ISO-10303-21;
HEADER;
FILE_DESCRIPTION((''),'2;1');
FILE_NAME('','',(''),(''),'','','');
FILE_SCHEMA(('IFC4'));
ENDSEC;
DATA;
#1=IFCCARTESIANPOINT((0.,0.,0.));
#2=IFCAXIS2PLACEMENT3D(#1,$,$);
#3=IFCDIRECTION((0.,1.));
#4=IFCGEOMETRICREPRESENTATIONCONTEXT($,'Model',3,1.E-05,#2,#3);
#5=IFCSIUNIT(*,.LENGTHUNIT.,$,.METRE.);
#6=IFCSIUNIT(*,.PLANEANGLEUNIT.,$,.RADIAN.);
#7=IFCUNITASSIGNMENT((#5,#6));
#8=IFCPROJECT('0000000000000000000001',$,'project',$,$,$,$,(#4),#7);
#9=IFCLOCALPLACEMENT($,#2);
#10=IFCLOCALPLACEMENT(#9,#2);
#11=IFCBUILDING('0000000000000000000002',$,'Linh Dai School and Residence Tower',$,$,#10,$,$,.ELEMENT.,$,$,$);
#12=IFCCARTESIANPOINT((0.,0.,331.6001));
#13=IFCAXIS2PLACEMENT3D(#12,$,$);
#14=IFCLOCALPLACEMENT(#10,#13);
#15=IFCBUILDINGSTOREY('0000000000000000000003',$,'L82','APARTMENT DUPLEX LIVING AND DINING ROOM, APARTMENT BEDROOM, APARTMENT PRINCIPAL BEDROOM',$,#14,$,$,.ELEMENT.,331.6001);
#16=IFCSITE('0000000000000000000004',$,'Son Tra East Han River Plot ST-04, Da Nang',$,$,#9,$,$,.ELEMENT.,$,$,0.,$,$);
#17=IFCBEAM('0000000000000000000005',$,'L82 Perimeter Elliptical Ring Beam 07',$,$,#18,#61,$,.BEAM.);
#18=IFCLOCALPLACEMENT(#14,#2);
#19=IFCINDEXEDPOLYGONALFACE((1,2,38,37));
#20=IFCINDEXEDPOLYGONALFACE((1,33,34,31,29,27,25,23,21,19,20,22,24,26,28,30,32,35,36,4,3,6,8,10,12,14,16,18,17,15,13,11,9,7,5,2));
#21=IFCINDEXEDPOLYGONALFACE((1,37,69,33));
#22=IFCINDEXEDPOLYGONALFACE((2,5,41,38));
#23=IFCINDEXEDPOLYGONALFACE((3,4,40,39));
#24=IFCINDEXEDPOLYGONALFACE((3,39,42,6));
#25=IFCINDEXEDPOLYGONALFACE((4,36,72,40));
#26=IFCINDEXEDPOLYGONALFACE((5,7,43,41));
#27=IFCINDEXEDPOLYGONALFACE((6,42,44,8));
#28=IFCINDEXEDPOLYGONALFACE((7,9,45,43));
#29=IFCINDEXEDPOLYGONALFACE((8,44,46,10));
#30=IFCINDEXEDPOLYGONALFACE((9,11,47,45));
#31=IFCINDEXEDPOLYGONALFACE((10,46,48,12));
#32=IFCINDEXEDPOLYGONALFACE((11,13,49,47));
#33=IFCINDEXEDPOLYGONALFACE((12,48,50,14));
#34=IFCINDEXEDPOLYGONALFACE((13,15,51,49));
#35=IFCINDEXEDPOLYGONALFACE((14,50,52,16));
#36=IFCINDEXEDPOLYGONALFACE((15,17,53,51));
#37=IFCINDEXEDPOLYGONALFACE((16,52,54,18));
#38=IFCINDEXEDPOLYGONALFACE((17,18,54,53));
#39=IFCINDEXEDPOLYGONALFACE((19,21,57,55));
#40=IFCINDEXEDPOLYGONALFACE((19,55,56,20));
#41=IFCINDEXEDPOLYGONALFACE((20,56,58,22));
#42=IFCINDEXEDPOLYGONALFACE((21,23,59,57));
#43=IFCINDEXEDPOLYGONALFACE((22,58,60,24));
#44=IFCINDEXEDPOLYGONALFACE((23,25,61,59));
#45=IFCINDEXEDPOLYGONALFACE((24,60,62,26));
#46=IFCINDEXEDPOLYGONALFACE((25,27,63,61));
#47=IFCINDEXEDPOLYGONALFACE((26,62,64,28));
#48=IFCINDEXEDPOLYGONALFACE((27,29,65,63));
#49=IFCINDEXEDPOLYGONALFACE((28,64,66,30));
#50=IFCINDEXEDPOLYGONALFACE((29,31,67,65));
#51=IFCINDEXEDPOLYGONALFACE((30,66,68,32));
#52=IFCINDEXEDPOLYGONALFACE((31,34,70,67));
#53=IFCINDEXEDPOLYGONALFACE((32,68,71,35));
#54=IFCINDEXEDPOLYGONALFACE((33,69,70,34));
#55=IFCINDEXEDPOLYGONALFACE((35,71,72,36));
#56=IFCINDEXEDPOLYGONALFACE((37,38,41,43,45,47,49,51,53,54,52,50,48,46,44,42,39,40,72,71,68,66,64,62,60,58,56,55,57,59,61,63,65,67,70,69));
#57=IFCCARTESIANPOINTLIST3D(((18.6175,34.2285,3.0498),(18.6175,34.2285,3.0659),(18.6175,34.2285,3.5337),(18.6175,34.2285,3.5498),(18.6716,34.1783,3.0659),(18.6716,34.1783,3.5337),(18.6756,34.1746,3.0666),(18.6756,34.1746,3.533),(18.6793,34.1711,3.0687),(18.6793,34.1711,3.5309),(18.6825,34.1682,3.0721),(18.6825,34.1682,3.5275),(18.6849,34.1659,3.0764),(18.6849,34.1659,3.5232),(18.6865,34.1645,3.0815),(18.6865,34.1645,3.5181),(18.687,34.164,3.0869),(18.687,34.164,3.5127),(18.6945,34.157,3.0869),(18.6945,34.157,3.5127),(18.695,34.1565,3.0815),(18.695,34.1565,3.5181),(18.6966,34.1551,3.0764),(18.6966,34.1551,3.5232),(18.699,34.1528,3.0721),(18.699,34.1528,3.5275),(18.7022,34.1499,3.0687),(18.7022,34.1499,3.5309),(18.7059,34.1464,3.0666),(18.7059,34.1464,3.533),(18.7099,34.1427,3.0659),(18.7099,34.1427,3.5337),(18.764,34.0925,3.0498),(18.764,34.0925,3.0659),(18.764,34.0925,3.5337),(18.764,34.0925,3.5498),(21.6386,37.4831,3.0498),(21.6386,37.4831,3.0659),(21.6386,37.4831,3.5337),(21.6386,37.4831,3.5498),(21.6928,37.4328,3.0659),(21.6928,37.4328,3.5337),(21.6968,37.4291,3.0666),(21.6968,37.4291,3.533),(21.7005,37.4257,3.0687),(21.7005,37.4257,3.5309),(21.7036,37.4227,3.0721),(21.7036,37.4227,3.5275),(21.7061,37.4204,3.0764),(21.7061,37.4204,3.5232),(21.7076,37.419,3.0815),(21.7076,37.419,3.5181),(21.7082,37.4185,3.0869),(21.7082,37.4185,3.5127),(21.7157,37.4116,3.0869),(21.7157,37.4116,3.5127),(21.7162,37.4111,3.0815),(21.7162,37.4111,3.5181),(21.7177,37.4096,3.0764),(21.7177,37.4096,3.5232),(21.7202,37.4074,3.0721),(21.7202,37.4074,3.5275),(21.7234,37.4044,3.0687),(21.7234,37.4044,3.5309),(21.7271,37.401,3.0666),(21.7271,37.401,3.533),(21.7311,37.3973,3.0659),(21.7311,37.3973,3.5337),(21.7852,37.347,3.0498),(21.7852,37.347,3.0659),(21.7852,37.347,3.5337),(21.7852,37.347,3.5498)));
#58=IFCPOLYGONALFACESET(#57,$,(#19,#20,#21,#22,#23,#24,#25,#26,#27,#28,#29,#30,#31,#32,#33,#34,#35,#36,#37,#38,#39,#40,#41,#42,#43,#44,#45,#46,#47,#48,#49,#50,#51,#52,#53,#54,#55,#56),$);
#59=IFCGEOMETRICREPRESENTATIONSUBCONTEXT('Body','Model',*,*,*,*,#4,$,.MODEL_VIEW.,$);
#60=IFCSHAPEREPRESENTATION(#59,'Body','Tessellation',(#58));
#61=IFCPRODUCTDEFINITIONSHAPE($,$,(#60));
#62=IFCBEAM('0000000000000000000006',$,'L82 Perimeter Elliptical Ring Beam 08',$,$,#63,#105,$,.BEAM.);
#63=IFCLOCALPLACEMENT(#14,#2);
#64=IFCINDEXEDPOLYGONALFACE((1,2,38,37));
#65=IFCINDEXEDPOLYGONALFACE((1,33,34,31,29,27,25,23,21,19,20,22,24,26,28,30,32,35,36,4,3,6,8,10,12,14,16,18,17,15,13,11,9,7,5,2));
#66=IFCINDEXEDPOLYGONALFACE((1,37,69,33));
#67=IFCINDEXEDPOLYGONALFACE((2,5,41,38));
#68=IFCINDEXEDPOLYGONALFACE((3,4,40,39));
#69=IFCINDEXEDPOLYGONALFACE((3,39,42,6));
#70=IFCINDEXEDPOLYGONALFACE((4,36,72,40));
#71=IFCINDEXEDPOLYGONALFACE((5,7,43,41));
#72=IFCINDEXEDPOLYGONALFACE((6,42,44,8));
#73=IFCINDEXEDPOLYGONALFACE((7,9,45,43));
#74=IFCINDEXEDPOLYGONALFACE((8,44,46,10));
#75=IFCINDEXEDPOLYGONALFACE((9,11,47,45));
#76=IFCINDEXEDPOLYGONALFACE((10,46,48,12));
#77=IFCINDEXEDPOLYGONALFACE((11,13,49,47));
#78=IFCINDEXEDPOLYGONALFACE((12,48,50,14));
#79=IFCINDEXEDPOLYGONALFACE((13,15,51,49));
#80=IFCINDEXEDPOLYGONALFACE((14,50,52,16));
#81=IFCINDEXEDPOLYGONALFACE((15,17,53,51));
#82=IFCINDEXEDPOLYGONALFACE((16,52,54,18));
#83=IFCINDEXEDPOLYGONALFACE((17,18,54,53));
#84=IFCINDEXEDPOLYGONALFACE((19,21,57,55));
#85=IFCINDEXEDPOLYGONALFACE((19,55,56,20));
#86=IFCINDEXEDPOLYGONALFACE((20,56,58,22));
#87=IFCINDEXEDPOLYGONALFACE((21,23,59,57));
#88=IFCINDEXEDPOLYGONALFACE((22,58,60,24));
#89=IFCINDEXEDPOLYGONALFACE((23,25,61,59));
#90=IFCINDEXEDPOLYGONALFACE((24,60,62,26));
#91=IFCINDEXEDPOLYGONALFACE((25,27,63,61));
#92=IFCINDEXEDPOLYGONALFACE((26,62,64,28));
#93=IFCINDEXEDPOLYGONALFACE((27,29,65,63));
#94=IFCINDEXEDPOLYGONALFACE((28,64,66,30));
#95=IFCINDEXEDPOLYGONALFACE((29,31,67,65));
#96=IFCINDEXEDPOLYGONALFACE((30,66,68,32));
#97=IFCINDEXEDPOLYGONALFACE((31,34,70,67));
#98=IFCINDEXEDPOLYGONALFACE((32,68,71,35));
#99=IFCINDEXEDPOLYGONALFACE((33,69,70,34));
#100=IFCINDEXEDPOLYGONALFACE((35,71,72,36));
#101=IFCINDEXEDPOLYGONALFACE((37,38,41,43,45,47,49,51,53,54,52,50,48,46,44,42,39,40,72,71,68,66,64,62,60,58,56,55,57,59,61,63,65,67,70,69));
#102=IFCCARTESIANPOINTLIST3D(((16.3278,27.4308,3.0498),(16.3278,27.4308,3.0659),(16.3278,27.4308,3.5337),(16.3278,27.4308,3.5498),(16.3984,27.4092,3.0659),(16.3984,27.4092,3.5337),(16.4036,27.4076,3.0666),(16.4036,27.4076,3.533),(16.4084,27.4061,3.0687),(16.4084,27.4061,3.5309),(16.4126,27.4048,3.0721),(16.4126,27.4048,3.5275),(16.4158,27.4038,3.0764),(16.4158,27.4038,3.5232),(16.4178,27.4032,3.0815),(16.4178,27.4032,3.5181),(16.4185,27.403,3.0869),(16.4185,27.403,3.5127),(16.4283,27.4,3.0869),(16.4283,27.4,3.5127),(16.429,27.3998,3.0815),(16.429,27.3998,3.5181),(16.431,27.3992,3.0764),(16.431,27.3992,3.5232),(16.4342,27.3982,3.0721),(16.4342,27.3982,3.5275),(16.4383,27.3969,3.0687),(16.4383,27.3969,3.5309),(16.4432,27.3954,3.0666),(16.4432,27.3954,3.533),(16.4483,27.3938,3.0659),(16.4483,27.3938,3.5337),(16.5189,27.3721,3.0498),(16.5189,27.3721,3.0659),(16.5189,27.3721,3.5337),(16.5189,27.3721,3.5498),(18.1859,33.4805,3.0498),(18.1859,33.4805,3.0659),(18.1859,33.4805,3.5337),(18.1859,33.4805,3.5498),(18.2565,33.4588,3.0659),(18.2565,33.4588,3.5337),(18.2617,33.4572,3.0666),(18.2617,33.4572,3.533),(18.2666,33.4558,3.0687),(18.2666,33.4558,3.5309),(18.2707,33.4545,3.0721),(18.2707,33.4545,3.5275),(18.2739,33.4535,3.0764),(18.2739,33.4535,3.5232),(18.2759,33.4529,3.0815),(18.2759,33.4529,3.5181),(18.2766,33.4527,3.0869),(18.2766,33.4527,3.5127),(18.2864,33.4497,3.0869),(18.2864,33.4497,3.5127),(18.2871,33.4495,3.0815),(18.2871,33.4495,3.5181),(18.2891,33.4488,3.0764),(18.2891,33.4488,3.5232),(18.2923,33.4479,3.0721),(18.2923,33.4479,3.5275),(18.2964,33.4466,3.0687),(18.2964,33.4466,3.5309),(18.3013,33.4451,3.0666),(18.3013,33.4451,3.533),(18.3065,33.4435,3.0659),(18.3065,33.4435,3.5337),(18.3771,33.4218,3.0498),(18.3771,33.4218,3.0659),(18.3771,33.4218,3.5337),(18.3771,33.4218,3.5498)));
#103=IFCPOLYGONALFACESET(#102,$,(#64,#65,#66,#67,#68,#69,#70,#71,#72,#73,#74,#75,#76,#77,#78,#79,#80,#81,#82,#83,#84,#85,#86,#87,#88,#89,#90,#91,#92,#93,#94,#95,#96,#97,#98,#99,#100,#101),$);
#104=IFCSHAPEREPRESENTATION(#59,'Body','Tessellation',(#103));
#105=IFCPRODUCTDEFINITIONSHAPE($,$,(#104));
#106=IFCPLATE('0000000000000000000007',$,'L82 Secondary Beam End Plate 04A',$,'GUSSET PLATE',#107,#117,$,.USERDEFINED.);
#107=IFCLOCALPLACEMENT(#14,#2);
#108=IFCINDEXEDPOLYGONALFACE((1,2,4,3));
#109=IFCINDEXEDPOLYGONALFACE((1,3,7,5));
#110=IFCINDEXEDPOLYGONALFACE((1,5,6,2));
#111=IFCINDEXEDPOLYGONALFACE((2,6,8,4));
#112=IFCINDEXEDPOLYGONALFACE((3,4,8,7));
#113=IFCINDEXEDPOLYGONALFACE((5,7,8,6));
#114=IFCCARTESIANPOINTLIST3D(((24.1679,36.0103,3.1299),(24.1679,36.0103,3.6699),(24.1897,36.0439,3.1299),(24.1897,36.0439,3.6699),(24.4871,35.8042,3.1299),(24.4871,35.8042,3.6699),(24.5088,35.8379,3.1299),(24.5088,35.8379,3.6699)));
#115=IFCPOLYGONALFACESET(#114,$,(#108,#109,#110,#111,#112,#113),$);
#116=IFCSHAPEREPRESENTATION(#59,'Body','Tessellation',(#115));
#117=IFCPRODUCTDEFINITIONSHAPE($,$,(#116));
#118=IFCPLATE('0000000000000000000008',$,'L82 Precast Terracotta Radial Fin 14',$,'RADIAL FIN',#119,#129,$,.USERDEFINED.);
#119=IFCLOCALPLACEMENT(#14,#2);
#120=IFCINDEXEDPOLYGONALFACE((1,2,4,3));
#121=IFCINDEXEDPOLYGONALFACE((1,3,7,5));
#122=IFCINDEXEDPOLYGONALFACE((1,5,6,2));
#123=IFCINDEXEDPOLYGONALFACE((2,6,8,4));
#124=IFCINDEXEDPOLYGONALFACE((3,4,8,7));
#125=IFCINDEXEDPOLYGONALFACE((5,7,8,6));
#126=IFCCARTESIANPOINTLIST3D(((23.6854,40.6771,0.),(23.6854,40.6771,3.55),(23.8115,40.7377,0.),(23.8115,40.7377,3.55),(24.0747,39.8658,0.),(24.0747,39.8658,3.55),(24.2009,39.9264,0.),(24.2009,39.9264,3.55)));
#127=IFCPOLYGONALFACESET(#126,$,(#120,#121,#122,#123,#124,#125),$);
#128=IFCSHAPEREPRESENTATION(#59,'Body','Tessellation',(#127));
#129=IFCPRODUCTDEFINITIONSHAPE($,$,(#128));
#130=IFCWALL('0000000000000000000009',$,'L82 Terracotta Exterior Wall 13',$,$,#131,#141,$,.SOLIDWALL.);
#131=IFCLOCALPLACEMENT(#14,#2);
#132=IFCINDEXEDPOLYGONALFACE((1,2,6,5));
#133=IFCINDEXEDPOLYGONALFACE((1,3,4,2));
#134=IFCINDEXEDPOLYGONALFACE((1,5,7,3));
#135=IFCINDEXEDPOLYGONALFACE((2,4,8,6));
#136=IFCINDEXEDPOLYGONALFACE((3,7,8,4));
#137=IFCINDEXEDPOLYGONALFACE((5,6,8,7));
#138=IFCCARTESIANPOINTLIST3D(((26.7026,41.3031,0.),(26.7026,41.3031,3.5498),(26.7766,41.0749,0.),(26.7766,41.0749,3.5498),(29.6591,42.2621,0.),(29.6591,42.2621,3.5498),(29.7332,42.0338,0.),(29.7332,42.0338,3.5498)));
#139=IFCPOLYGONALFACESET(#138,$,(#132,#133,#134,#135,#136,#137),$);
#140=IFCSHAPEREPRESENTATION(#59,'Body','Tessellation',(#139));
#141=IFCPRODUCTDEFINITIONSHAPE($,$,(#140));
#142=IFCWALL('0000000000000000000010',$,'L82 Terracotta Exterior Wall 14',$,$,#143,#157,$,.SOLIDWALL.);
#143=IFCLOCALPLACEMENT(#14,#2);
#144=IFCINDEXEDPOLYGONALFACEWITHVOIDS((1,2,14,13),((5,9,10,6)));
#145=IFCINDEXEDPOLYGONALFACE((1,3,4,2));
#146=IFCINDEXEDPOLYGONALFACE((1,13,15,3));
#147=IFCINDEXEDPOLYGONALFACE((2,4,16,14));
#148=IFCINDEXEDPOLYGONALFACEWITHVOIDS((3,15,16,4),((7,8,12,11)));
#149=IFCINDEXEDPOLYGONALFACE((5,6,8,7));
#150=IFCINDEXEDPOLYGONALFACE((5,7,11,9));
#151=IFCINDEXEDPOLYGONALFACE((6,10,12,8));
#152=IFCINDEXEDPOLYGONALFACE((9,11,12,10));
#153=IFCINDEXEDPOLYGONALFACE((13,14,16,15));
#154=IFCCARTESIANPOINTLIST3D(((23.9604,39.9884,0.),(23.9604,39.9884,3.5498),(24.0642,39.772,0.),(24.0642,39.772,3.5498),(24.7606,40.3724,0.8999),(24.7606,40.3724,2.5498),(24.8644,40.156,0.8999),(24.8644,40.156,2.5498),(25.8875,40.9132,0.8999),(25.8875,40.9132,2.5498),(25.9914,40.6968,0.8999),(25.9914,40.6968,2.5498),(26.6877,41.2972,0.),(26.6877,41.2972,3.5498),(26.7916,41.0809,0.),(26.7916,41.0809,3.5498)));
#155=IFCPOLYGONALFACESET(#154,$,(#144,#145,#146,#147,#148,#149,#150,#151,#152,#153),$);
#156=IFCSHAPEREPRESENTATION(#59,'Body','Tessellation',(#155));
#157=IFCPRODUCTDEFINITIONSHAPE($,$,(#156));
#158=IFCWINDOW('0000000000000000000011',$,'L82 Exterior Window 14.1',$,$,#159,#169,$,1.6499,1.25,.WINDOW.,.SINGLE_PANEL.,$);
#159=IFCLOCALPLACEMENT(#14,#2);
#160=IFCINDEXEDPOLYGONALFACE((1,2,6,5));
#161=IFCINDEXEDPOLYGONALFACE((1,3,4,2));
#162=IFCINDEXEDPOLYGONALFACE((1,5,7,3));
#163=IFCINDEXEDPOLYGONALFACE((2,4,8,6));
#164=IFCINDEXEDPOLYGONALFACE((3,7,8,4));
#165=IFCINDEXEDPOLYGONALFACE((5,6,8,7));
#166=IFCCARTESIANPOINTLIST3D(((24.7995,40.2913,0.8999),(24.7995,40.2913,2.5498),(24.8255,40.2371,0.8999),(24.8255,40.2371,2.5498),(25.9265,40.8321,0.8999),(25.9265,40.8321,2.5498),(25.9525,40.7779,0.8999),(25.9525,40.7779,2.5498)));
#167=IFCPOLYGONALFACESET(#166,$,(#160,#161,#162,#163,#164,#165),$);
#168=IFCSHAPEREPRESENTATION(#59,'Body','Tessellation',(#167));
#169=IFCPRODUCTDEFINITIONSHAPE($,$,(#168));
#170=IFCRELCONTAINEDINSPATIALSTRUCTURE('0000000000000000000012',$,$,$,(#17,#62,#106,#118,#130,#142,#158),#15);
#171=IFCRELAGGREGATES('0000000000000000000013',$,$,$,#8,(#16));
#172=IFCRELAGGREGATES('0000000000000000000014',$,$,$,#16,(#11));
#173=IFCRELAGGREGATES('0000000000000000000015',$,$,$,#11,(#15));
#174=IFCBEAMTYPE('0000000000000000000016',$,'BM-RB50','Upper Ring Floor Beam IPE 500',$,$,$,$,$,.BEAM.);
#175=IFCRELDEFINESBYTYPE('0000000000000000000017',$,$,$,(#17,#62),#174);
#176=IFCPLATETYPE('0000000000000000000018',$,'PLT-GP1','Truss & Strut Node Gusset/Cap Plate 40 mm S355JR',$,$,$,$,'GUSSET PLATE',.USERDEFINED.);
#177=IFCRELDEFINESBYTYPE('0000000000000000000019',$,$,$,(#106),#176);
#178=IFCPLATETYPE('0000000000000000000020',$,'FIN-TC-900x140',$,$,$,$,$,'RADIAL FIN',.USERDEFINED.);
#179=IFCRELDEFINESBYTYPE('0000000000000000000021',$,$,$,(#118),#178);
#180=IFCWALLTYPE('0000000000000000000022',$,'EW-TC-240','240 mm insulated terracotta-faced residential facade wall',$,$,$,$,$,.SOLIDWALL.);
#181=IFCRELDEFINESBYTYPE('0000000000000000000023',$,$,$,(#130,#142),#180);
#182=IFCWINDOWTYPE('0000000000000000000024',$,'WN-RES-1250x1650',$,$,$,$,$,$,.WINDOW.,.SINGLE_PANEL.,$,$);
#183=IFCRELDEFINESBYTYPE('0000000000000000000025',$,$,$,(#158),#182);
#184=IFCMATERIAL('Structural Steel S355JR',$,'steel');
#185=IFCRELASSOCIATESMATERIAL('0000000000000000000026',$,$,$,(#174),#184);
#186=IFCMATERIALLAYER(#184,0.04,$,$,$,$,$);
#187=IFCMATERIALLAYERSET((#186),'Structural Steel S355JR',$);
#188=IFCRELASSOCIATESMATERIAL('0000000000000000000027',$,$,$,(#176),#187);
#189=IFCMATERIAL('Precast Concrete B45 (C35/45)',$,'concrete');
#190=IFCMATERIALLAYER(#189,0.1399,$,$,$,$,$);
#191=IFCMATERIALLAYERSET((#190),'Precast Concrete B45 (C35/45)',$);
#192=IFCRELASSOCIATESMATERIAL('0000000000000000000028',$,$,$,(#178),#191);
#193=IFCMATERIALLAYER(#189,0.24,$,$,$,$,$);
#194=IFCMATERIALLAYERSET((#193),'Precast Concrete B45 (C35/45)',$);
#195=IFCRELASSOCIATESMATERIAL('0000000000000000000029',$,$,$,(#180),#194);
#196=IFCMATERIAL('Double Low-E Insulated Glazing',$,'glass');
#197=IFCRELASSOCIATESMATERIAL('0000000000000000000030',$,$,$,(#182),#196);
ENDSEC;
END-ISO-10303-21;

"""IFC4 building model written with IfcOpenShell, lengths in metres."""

from ifc_helpers import new_model, si_unit, direction, frame, frame_2d, origin, origin_2d, place, context, subcontext, project, spatial, rectangle, i_section, extrude, source, transform, mapped, material, layer, layer_set, material_profile, profile_set, type_object, element, fill, save


model = new_model("IFC4")

# Units and contexts
model_context = context("Model", 3, precision=1e-05, world=origin(), true_north=direction((0.0, 1.0)))
body_context = subcontext(model_context, "Body", "Model", "MODEL_VIEW")
ifc_project = project(units=[si_unit("LENGTHUNIT", "METRE"), si_unit("PLANEANGLEUNIT", "RADIAN")], contexts=[model_context])

# Site, building, storey
site_placement = place(None, origin())
site = spatial("IfcSite", under=ifc_project, at=site_placement, Name="Son Tra East Han River Plot ST-04, Da Nang", CompositionType="ELEMENT", RefElevation=0.0)
building_placement = place(site_placement, origin())
building = spatial("IfcBuilding", under=site, at=building_placement, Name="Linh Dai School and Residence Tower", CompositionType="ELEMENT")
storey_placement = place(building_placement, frame((0.0, 0.0, 331.6001)))
storey = spatial("IfcBuildingStorey", under=building, at=storey_placement, Name="L82", Description="APARTMENT DUPLEX LIVING AND DINING ROOM, APARTMENT BEDROOM, APARTMENT PRINCIPAL BEDROOM", CompositionType="ELEMENT", Elevation=331.6001)

# Shared definitions
ifc_material_1 = material(Name="Structural Steel S355JR", Category="steel")

# Beams
ifc_material_profile_1 = material_profile(ifc_material_1, i_section(OverallWidth=0.2, OverallDepth=0.5, WebThickness=0.0103, FlangeThickness=0.0161, FilletRadius=0.021, at=origin_2d()), Name="IPE 500")
ifc_profile_set_1 = profile_set([ifc_material_profile_1], Name="Structural Steel S355JR")
beam_type_1 = type_object("IfcBeamType", Name="BM-RB50", Description="Upper Ring Floor Beam IPE 500", PredefinedType="BEAM", material=ifc_profile_set_1)
beam_1_placement = place(storey_placement, frame((21.7119, 37.415, 3.2998), z_axis=(-0.680339, -0.732897, 0.0), x_axis=(0.732897, -0.680339, 0.0)))
element("IfcBeam", 1, at=beam_1_placement, inside=storey, type_object=beam_type_1, Name="L82 Perimeter Elliptical Ring Beam 07", PredefinedType="BEAM", context=body_context, shape_type="SweptSolid", body=[
    extrude(i_section(OverallWidth=0.2, OverallDepth=0.5, WebThickness=0.0103, FlangeThickness=0.0161, FilletRadius=0.021, at=origin_2d()), origin(), (0.0, 0.0, 1.0), 4.4407),
])
beam_2_placement = place(storey_placement, frame((18.2815, 33.4512, 3.2998), z_axis=(-0.293606, -0.955927, 0.0), x_axis=(0.955927, -0.293606, 0.0)))
element("IfcBeam", 2, at=beam_2_placement, inside=storey, type_object=beam_type_1, Name="L82 Perimeter Elliptical Ring Beam 08", PredefinedType="BEAM", context=body_context, shape_type="SweptSolid", body=[
    extrude(i_section(OverallWidth=0.2, OverallDepth=0.5, WebThickness=0.0103, FlangeThickness=0.0161, FilletRadius=0.021, at=origin_2d()), origin(), (0.0, 0.0, 1.0), 6.3286),
])

# Plates
ifc_layer_1 = layer(ifc_material_1, 0.04)
ifc_layer_set_1 = layer_set([ifc_layer_1], Name="Structural Steel S355JR")
plate_type_1 = type_object("IfcPlateType", Name="PLT-GP1", Description="Truss & Strut Node Gusset/Cap Plate 40 mm S355JR", ElementType="GUSSET PLATE", PredefinedType="USERDEFINED", material=ifc_layer_set_1)
shared_shape_1 = source(origin(), body_context, "Body", "SweptSolid", [
    extrude(rectangle(XDim=0.04, YDim=0.3799, at=origin_2d()), origin(), (0.0, 0.0, 1.0), 0.54),
])
plate_1_placement = place(storey_placement, frame((24.3384, 35.9241, 3.1299), z_axis=(0.0, 0.0, 1.0), x_axis=(-0.542322, -0.840171, 0.0)))
element("IfcPlate", 3, at=plate_1_placement, inside=storey, type_object=plate_type_1, Name="L82 Secondary Beam End Plate 04A", ObjectType="GUSSET PLATE", PredefinedType="USERDEFINED", context=body_context, shape_type="MappedRepresentation", body=[
    mapped(shared_shape_1, transform((0.0, 0.0, 0.0), x_axis=(1.0, 0.0, 0.0), y_axis=(0.0, 1.0, 0.0), z_axis=(0.0, 0.0, 1.0), scale=1.0)),
])
ifc_material_2 = material(Name="Precast Concrete B45 (C35/45)", Category="concrete")
ifc_layer_2 = layer(ifc_material_2, 0.1399)
ifc_layer_set_2 = layer_set([ifc_layer_2], Name="Precast Concrete B45 (C35/45)")
plate_type_2 = type_object("IfcPlateType", Name="FIN-TC-900x140", ElementType="RADIAL FIN", PredefinedType="USERDEFINED", material=ifc_layer_set_2)
shared_shape_2 = source(origin(), body_context, "Body", "SweptSolid", [
    extrude(rectangle(XDim=0.8999, YDim=0.1399, at=origin_2d()), origin(), (0.0, 0.0, 1.0), 3.55),
])
plate_2_placement = place(storey_placement, frame((23.9431, 40.3018, 0.0), z_axis=(0.0, 0.0, 1.0), x_axis=(-0.432674, 0.901551, 0.0)))
element("IfcPlate", 4, at=plate_2_placement, inside=storey, type_object=plate_type_2, Name="L82 Precast Terracotta Radial Fin 14", ObjectType="RADIAL FIN", PredefinedType="USERDEFINED", context=body_context, shape_type="MappedRepresentation", body=[
    mapped(shared_shape_2, transform((0.0, 0.0, 0.0), x_axis=(1.0, 0.0, 0.0), y_axis=(0.0, 1.0, 0.0), z_axis=(0.0, 0.0, 1.0), scale=1.0)),
])

# Wall
ifc_layer_3 = layer(ifc_material_2, 0.24)
ifc_layer_set_3 = layer_set([ifc_layer_3], Name="Precast Concrete B45 (C35/45)")
wall_type_1 = type_object("IfcWallType", Name="EW-TC-240", Description="240 mm insulated terracotta-faced residential facade wall", PredefinedType="SOLIDWALL", material=ifc_layer_set_3)
wall_1_placement = place(storey_placement, frame((26.7395, 41.189, 0.0), z_axis=(0.0, 0.0, 1.0), x_axis=(0.951213, 0.308535, 0.0)))
element("IfcWall", 5, at=wall_1_placement, inside=storey, type_object=wall_type_1, Name="L82 Terracotta Exterior Wall 13", PredefinedType="SOLIDWALL", context=body_context, shape_type="SweptSolid", body=[
    extrude(rectangle(XDim=3.1082, YDim=0.24, at=frame_2d((1.5542, 0.0))), origin(), (0.0, 0.0, 1.0), 3.5498),
])

# Wall, opening, window
wall_2_placement = place(storey_placement, frame((24.0122, 39.8801, 0.0), z_axis=(0.0, 0.0, 1.0), x_axis=(0.901557, 0.43266, 0.0)))
wall_2 = element("IfcWall", 6, at=wall_2_placement, inside=storey, type_object=wall_type_1, Name="L82 Terracotta Exterior Wall 14", PredefinedType="SOLIDWALL", context=body_context, shape_type="SweptSolid", body=[
    extrude(rectangle(XDim=3.0251, YDim=0.24, at=frame_2d((1.5127, 0.0))), origin(), (0.0, 0.0, 1.0), 3.5498),
])
opening_1_placement = place(wall_2_placement, frame((0.8877, 0.0, 0.8999)))
opening_1 = element("IfcOpeningElement", 7, at=opening_1_placement, cuts=wall_2, PredefinedType="OPENING", context=body_context, shape_type="SweptSolid", body=[
    extrude(rectangle(XDim=1.25, YDim=1.6499, at=origin_2d()), frame((0.625, 0.1299, 0.825), z_axis=(0.0, -1.0, 0.0), x_axis=(1.0, 0.0, 0.0)), (0.0, 0.0, 1.0), 0.26),
])
ifc_material_3 = material(Name="Double Low-E Insulated Glazing", Category="glass")
window_type = type_object("IfcWindowType", Name="WN-RES-1250x1650", PartitioningType="SINGLE_PANEL", PredefinedType="WINDOW", material=ifc_material_3)
shared_shape_3 = source(origin(), body_context, "Body", "SweptSolid", [
    extrude(rectangle(XDim=1.25, YDim=1.6499, at=origin_2d()), frame((0.625, 0.03, 0.825), z_axis=(0.0, -1.0, 0.0), x_axis=(1.0, 0.0, 0.0)), (0.0, 0.0, 1.0), 0.0601),
])
window_1_placement = place(opening_1_placement, origin())
window_1 = element("IfcWindow", 8, at=window_1_placement, inside=storey, type_object=window_type, Name="L82 Exterior Window 14.1", OverallHeight=1.6499, OverallWidth=1.25, PartitioningType="SINGLE_PANEL", PredefinedType="WINDOW", context=body_context, shape_type="MappedRepresentation", body=[
    mapped(shared_shape_3, transform((0.0, 0.0, 0.0), x_axis=(1.0, 0.0, 0.0), y_axis=(0.0, 1.0, 0.0), z_axis=(0.0, 0.0, 1.0), scale=1.0)),
])
fill(opening_1, window_1)

save(model, "model.ifc")
